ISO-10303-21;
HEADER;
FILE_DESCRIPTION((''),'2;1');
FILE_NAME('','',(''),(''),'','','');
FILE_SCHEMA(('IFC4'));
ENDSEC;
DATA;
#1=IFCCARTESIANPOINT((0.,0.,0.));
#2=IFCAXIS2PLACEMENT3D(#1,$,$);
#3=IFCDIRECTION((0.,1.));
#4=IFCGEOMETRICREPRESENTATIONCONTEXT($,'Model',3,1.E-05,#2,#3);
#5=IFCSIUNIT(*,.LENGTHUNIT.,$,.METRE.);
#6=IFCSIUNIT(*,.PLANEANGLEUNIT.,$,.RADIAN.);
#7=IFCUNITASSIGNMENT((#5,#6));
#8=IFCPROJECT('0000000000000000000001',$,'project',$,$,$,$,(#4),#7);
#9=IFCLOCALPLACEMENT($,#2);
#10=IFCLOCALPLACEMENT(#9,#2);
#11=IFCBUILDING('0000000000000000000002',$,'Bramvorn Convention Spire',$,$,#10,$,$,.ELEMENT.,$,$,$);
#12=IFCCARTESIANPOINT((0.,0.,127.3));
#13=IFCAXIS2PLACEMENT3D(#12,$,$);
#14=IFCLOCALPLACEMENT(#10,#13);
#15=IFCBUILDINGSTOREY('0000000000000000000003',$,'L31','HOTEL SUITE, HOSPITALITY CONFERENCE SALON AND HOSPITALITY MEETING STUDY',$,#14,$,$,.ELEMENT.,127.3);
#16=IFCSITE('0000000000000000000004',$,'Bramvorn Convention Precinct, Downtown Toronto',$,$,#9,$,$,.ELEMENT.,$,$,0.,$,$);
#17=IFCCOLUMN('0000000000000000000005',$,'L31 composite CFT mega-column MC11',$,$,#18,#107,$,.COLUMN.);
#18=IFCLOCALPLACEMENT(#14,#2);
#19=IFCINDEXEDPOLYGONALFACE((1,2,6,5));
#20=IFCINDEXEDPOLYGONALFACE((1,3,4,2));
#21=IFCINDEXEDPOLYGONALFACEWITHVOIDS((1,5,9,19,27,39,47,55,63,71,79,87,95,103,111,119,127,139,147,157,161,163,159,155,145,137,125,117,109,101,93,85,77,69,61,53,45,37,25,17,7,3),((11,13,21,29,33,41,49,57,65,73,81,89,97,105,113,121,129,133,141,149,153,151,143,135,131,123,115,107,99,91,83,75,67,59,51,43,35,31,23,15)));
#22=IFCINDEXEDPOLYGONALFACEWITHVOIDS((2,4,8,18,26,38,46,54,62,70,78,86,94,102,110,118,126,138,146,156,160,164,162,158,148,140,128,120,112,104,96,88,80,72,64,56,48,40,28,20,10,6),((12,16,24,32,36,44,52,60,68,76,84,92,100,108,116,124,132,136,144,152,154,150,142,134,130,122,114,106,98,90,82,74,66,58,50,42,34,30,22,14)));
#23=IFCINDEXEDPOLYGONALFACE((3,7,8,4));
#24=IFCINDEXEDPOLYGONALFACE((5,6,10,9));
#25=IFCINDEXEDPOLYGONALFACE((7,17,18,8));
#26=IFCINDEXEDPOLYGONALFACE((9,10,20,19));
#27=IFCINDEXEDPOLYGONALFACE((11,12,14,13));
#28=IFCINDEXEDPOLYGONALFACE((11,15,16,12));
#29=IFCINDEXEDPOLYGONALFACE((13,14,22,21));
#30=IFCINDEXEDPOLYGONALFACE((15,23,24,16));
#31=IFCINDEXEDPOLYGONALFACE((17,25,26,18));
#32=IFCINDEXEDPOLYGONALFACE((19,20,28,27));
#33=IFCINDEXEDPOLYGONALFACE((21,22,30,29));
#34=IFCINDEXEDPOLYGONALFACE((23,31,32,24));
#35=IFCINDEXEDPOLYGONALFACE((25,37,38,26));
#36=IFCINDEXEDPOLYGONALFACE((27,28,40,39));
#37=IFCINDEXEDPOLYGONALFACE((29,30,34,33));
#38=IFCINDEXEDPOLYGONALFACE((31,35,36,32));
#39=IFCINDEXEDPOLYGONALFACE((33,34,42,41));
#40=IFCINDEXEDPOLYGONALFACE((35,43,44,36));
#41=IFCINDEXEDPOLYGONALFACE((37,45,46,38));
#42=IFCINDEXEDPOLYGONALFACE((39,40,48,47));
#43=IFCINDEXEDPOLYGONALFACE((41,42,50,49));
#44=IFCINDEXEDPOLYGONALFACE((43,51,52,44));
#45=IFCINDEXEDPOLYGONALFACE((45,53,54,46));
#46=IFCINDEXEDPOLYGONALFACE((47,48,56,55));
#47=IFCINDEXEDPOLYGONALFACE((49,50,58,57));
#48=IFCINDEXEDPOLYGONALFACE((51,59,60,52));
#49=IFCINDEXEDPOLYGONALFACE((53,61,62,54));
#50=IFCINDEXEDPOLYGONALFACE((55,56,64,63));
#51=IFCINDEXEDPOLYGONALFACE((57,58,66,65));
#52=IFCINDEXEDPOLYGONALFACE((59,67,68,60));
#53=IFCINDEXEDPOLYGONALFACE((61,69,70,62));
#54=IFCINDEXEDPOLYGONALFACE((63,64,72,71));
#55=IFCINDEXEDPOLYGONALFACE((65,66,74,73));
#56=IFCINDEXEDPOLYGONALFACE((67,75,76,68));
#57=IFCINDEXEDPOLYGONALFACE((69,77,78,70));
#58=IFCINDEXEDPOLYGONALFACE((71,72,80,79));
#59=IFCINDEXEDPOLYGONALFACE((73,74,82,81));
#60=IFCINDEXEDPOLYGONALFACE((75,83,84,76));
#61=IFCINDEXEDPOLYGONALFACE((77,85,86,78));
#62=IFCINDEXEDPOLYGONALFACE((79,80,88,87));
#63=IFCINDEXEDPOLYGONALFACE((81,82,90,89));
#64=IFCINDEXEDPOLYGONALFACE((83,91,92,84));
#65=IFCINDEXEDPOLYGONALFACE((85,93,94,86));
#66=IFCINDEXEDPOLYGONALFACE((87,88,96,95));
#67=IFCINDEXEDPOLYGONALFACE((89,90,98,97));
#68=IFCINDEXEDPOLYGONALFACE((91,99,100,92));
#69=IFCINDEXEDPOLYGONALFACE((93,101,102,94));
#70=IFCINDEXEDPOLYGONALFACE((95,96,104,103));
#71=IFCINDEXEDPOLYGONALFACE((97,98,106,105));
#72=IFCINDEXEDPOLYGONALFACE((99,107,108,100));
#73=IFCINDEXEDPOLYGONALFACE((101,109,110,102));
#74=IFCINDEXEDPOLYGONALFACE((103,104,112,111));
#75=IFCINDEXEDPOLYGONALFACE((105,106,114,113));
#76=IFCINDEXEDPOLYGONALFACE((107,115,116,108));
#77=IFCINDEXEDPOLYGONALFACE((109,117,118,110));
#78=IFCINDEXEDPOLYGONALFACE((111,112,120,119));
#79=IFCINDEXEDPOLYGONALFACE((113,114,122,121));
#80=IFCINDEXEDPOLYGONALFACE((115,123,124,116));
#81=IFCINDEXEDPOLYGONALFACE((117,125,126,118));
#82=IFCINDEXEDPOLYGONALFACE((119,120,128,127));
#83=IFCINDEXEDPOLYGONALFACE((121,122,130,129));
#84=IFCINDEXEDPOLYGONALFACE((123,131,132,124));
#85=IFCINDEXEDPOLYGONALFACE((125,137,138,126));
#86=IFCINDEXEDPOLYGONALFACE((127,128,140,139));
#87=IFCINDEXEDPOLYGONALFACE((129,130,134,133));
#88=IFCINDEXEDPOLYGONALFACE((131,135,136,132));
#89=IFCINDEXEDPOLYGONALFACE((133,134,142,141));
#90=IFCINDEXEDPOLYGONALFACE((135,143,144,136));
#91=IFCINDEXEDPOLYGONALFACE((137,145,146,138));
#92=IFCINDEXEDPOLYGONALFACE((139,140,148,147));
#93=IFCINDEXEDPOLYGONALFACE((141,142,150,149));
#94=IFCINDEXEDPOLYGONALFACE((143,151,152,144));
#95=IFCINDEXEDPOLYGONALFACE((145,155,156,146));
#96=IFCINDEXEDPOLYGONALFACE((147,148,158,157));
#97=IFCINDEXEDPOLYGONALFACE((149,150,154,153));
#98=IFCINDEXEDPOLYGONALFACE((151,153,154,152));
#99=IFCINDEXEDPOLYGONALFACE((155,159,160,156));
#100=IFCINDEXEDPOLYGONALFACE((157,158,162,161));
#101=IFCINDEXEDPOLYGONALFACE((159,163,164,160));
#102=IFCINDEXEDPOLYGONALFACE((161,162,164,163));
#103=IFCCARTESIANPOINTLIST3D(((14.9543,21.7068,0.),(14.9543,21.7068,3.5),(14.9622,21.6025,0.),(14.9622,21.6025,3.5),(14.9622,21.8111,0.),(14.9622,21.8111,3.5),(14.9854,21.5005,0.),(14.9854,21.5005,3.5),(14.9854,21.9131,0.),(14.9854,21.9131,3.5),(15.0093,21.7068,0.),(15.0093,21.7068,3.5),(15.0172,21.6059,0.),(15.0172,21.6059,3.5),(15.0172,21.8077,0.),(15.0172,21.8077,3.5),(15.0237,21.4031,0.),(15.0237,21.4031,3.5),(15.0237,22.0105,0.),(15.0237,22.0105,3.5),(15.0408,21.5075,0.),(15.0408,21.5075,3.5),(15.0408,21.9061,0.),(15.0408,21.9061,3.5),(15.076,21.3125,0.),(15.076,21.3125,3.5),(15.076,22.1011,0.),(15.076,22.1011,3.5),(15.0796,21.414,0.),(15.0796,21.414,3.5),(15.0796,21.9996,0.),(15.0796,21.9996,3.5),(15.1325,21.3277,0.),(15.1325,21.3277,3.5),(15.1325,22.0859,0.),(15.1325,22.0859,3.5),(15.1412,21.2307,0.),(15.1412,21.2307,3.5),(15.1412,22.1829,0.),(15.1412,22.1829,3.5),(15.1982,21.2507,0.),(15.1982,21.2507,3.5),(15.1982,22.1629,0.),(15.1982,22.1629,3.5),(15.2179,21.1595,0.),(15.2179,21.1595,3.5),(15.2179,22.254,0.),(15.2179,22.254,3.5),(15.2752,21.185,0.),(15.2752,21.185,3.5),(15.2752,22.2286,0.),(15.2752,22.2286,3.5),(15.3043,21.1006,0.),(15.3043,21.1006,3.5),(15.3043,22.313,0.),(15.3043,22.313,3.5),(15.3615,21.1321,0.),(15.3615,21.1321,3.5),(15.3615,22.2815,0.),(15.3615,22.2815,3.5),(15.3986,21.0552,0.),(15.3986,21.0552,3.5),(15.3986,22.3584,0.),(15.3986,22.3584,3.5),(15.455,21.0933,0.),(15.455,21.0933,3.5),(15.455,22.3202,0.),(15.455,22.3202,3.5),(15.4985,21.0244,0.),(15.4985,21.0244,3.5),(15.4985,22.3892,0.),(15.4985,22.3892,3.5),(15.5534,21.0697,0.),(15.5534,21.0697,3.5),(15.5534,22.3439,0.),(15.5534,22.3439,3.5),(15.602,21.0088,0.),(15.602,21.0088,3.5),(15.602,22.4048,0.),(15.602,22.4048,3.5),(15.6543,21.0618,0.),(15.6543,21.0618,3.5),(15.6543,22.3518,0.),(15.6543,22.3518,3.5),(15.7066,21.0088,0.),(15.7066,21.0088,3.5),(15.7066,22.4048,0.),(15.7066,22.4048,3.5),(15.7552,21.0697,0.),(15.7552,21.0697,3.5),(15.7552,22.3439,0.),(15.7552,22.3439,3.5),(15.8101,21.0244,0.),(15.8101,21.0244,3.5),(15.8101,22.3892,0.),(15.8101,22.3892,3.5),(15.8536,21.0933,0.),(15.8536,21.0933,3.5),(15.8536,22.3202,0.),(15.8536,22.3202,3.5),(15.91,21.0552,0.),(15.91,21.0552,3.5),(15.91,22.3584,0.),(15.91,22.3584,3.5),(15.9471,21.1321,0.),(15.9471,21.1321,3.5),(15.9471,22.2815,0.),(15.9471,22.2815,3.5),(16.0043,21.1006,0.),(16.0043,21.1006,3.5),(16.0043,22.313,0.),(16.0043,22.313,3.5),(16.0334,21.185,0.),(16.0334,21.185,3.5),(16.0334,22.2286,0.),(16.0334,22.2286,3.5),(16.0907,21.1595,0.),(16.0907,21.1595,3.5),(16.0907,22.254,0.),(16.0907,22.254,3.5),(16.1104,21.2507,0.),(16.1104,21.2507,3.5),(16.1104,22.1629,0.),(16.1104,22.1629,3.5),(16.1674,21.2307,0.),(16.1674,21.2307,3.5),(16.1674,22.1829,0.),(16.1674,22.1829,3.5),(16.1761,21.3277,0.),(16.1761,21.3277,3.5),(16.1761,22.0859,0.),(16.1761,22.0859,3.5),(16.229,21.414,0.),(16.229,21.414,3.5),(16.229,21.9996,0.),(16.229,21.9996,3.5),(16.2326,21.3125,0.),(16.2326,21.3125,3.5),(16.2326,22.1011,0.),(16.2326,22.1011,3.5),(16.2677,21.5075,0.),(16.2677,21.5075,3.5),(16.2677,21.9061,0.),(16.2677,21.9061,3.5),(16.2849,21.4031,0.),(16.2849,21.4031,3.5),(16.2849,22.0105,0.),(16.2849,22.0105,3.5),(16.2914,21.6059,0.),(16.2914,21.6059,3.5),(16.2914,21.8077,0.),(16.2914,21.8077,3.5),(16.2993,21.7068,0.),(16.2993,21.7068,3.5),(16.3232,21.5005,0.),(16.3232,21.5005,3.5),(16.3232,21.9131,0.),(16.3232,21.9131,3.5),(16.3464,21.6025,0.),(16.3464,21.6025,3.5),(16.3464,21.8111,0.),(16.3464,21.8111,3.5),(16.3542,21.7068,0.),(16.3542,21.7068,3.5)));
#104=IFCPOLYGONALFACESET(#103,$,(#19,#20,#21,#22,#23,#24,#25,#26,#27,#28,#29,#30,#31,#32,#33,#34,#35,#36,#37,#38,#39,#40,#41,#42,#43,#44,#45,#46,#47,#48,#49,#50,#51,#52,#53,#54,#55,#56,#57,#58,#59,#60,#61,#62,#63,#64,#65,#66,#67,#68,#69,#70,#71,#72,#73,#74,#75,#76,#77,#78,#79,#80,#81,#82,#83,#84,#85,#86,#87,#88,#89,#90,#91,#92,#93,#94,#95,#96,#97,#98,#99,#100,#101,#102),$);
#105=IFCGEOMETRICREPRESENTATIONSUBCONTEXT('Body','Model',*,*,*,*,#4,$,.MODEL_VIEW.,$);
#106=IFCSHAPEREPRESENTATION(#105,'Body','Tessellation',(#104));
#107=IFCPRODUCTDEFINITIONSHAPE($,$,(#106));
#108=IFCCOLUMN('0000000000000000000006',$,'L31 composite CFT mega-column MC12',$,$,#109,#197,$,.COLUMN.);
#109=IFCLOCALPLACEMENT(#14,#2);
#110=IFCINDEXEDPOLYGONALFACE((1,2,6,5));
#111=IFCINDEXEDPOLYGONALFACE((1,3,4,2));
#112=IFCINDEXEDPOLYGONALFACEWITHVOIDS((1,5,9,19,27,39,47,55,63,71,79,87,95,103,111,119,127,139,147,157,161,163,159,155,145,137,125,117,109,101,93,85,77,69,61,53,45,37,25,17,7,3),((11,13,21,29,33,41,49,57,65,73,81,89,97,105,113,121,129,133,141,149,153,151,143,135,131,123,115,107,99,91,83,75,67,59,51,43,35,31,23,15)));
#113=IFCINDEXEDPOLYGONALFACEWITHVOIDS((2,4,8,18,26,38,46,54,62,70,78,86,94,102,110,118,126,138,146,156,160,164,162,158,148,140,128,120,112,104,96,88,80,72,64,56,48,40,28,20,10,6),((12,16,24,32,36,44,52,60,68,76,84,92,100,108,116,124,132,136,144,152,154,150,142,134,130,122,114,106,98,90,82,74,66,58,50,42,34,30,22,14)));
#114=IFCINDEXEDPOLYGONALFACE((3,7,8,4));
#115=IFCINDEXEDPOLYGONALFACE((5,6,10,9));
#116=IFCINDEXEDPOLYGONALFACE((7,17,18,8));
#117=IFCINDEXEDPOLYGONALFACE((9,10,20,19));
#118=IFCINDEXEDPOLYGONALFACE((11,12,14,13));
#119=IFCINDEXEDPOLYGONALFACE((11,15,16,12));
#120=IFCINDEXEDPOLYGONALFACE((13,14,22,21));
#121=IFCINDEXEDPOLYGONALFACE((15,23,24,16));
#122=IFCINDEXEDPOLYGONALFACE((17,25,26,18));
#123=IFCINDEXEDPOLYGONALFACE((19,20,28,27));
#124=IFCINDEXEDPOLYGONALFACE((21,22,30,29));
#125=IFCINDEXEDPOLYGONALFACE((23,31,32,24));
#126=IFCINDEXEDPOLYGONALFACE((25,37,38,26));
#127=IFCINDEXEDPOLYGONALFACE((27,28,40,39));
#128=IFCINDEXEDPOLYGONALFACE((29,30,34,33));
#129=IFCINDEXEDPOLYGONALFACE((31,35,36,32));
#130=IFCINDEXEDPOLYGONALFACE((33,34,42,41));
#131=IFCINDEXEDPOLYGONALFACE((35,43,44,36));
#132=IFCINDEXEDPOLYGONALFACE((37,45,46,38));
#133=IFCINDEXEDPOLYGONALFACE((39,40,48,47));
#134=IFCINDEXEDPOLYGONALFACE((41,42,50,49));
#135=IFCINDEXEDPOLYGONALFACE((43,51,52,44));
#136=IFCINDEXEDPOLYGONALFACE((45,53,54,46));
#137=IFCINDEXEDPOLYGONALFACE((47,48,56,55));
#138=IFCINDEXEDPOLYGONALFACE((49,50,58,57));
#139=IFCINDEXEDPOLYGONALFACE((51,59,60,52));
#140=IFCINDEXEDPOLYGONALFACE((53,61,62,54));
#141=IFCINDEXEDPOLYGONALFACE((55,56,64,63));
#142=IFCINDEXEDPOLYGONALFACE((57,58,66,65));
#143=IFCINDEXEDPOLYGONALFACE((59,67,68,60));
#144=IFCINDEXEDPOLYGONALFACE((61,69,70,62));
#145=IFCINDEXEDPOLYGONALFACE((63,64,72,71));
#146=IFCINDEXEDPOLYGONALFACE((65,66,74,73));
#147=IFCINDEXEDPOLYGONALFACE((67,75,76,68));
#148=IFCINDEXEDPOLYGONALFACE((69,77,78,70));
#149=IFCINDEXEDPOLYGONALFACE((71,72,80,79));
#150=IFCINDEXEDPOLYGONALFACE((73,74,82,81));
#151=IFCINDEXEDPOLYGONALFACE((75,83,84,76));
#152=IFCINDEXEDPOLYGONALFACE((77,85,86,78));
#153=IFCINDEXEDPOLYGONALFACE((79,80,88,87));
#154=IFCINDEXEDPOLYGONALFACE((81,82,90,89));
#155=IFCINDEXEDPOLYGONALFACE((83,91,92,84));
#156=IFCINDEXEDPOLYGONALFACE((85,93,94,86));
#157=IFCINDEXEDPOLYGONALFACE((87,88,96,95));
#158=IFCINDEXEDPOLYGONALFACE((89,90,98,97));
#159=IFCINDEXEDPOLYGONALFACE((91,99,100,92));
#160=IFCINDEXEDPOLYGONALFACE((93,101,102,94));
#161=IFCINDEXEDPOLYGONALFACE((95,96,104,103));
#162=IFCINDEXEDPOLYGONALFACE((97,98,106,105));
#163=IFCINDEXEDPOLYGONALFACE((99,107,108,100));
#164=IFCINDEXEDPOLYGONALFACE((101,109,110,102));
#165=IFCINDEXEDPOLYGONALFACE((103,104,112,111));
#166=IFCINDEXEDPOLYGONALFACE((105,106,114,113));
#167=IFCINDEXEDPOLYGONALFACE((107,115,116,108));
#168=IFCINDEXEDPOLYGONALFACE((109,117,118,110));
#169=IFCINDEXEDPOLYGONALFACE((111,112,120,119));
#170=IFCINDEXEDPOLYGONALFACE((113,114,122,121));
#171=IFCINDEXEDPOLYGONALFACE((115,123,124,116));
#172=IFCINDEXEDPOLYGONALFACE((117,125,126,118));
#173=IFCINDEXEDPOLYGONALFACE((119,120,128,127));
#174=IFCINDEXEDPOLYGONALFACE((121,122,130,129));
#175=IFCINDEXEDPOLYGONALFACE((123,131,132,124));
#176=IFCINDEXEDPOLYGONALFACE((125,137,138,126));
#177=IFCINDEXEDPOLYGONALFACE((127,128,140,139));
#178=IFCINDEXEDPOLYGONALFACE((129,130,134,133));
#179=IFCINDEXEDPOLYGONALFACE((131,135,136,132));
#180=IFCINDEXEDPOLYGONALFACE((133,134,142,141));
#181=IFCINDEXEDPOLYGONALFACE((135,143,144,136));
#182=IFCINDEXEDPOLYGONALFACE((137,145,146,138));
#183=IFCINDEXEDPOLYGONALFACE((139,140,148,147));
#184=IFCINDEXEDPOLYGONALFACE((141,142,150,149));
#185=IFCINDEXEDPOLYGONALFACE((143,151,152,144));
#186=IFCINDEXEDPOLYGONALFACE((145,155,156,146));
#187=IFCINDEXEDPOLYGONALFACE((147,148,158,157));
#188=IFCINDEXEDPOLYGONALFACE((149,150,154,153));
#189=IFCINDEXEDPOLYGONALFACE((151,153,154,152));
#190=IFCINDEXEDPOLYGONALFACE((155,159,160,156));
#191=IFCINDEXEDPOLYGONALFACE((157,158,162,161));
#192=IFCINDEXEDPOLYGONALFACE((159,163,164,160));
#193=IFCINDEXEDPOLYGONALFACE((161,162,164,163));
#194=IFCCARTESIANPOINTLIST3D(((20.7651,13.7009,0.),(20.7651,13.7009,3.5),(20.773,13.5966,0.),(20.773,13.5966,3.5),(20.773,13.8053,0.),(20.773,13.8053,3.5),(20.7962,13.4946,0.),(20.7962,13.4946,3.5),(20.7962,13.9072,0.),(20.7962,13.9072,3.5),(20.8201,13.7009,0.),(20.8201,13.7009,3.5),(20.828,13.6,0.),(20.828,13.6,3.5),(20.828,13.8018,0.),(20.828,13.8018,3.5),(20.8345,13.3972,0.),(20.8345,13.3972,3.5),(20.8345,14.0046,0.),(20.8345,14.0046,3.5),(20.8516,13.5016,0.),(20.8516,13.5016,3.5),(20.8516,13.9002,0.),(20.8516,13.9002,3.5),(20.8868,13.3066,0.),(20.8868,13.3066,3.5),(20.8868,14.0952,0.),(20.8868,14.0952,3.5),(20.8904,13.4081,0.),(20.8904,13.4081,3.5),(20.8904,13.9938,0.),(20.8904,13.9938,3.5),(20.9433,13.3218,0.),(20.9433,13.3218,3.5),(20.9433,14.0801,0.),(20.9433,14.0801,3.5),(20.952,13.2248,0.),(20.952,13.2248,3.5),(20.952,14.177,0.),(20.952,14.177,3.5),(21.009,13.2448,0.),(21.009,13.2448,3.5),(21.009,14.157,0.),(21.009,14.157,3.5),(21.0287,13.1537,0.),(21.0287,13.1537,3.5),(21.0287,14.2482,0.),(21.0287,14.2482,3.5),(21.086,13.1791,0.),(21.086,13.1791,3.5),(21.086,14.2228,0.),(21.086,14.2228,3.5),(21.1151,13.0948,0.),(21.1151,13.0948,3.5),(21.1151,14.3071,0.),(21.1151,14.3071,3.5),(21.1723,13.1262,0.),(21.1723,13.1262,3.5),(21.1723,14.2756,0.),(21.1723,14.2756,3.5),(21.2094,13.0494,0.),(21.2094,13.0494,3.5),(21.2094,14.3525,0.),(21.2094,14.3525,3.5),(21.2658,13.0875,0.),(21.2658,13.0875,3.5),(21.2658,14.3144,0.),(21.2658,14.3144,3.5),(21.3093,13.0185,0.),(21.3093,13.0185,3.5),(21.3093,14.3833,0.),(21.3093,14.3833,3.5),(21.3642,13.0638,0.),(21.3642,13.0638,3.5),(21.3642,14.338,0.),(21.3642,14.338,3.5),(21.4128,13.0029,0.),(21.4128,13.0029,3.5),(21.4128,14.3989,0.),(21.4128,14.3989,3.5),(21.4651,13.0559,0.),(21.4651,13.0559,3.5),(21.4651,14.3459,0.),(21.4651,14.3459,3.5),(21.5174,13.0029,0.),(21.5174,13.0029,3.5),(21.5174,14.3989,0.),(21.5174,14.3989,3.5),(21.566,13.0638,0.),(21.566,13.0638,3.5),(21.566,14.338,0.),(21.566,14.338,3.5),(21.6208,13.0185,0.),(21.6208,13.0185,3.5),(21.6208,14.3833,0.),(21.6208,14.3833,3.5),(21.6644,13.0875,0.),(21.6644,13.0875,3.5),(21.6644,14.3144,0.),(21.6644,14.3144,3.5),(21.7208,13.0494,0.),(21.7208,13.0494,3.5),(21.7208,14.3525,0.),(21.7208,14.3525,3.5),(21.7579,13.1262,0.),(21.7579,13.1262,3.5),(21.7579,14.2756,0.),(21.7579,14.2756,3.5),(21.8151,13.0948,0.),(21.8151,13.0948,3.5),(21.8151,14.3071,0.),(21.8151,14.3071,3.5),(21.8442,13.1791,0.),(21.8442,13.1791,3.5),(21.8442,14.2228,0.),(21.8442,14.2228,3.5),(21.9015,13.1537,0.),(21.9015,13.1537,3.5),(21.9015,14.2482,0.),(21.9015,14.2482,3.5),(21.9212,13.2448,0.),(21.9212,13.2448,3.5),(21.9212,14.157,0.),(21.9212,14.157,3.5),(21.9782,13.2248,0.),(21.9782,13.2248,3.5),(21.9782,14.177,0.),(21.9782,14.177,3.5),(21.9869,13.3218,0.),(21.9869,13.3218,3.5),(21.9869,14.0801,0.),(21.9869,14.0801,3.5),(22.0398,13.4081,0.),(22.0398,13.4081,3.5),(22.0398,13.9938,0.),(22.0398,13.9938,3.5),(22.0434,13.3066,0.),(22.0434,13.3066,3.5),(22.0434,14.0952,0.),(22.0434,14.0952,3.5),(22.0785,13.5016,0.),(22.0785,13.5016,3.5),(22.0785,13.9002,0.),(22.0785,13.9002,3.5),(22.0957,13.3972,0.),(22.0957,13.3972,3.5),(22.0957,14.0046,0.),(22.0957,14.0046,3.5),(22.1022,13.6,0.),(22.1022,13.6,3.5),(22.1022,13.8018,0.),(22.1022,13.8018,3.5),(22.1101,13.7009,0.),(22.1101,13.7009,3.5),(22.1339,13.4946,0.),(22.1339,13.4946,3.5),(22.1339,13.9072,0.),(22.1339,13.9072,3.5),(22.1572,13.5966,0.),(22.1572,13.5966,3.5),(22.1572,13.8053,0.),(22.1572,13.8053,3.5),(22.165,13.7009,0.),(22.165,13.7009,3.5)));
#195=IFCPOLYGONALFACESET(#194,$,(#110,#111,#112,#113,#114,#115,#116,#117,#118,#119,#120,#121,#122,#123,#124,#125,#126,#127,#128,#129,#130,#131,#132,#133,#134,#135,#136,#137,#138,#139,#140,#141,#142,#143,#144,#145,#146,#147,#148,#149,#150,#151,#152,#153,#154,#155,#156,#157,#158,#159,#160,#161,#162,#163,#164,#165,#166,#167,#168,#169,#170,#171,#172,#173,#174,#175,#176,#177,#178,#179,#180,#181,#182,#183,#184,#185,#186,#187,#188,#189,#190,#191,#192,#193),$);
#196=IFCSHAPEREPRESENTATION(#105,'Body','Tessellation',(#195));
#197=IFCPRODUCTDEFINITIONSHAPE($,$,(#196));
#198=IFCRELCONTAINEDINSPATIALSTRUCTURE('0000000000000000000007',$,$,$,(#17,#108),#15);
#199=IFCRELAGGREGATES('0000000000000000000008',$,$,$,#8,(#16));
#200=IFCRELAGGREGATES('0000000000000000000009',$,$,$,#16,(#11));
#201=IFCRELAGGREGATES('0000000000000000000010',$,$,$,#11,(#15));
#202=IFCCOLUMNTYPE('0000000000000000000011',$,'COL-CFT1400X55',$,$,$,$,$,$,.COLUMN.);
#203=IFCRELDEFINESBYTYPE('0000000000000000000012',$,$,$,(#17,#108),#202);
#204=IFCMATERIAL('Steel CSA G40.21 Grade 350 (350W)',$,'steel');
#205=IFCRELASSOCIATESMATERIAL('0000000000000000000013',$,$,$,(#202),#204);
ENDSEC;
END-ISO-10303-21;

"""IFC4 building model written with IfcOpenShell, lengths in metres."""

from ifc_helpers import new_model, si_unit, direction, frame, origin, origin_2d, place, context, subcontext, project, spatial, hollow_circle, extrude, material, material_profile, profile_set, type_object, element, save


model = new_model("IFC4")

# Units and contexts
model_context = context("Model", 3, precision=1e-05, world=origin(), true_north=direction((0.0, 1.0)))
body_context = subcontext(model_context, "Body", "Model", "MODEL_VIEW")
ifc_project = project(units=[si_unit("LENGTHUNIT", "METRE"), si_unit("PLANEANGLEUNIT", "RADIAN")], contexts=[model_context])

# Site, building, storey
site_placement = place(None, origin())
site = spatial("IfcSite", under=ifc_project, at=site_placement, Name="Bramvorn Convention Precinct, Downtown Toronto", CompositionType="ELEMENT", RefElevation=0.0)
building_placement = place(site_placement, origin())
building = spatial("IfcBuilding", under=site, at=building_placement, Name="Bramvorn Convention Spire", CompositionType="ELEMENT")
storey_placement = place(building_placement, frame((0.0, 0.0, 127.3)))
storey = spatial("IfcBuildingStorey", under=building, at=storey_placement, Name="L31", Description="HOTEL SUITE, HOSPITALITY CONFERENCE SALON AND HOSPITALITY MEETING STUDY", CompositionType="ELEMENT", Elevation=127.3)

# Columns
ifc_material_1 = material(Name="Steel CSA G40.21 Grade 350 (350W)", Category="steel")
ifc_material_profile_1 = material_profile(ifc_material_1, hollow_circle(Radius=0.7, WallThickness=0.0549, at=origin_2d()))
ifc_profile_set_1 = profile_set([ifc_material_profile_1], Name="Steel CSA G40.21 Grade 350 (350W) - CFT1400X55")
column_type = type_object("IfcColumnType", Name="COL-CFT1400X55", PredefinedType="COLUMN", material=ifc_profile_set_1)
for number, where, z_axis, x_axis, name in (
    (1, (15.6543, 21.7068, 0.0), (0.0, 0.0, 1.0), (1.0, 0.0, 0.0), "L31 composite CFT mega-column MC11"),
    (2, (21.4651, 13.7009, 0.0), (0.0, 0.0, 1.0), (1.0, 0.0, 0.0), "L31 composite CFT mega-column MC12"),
):
    element("IfcColumn", number, at=place(storey_placement, frame(where, z_axis=z_axis, x_axis=x_axis)), inside=storey, type_object=column_type, Name=name, PredefinedType="COLUMN", context=body_context, shape_type="SweptSolid", body=[
        extrude(hollow_circle(Radius=0.7, WallThickness=0.0549, at=origin_2d()), origin(), (0.0, 0.0, 1.0), 3.5),
    ])

save(model, "model.ifc")
